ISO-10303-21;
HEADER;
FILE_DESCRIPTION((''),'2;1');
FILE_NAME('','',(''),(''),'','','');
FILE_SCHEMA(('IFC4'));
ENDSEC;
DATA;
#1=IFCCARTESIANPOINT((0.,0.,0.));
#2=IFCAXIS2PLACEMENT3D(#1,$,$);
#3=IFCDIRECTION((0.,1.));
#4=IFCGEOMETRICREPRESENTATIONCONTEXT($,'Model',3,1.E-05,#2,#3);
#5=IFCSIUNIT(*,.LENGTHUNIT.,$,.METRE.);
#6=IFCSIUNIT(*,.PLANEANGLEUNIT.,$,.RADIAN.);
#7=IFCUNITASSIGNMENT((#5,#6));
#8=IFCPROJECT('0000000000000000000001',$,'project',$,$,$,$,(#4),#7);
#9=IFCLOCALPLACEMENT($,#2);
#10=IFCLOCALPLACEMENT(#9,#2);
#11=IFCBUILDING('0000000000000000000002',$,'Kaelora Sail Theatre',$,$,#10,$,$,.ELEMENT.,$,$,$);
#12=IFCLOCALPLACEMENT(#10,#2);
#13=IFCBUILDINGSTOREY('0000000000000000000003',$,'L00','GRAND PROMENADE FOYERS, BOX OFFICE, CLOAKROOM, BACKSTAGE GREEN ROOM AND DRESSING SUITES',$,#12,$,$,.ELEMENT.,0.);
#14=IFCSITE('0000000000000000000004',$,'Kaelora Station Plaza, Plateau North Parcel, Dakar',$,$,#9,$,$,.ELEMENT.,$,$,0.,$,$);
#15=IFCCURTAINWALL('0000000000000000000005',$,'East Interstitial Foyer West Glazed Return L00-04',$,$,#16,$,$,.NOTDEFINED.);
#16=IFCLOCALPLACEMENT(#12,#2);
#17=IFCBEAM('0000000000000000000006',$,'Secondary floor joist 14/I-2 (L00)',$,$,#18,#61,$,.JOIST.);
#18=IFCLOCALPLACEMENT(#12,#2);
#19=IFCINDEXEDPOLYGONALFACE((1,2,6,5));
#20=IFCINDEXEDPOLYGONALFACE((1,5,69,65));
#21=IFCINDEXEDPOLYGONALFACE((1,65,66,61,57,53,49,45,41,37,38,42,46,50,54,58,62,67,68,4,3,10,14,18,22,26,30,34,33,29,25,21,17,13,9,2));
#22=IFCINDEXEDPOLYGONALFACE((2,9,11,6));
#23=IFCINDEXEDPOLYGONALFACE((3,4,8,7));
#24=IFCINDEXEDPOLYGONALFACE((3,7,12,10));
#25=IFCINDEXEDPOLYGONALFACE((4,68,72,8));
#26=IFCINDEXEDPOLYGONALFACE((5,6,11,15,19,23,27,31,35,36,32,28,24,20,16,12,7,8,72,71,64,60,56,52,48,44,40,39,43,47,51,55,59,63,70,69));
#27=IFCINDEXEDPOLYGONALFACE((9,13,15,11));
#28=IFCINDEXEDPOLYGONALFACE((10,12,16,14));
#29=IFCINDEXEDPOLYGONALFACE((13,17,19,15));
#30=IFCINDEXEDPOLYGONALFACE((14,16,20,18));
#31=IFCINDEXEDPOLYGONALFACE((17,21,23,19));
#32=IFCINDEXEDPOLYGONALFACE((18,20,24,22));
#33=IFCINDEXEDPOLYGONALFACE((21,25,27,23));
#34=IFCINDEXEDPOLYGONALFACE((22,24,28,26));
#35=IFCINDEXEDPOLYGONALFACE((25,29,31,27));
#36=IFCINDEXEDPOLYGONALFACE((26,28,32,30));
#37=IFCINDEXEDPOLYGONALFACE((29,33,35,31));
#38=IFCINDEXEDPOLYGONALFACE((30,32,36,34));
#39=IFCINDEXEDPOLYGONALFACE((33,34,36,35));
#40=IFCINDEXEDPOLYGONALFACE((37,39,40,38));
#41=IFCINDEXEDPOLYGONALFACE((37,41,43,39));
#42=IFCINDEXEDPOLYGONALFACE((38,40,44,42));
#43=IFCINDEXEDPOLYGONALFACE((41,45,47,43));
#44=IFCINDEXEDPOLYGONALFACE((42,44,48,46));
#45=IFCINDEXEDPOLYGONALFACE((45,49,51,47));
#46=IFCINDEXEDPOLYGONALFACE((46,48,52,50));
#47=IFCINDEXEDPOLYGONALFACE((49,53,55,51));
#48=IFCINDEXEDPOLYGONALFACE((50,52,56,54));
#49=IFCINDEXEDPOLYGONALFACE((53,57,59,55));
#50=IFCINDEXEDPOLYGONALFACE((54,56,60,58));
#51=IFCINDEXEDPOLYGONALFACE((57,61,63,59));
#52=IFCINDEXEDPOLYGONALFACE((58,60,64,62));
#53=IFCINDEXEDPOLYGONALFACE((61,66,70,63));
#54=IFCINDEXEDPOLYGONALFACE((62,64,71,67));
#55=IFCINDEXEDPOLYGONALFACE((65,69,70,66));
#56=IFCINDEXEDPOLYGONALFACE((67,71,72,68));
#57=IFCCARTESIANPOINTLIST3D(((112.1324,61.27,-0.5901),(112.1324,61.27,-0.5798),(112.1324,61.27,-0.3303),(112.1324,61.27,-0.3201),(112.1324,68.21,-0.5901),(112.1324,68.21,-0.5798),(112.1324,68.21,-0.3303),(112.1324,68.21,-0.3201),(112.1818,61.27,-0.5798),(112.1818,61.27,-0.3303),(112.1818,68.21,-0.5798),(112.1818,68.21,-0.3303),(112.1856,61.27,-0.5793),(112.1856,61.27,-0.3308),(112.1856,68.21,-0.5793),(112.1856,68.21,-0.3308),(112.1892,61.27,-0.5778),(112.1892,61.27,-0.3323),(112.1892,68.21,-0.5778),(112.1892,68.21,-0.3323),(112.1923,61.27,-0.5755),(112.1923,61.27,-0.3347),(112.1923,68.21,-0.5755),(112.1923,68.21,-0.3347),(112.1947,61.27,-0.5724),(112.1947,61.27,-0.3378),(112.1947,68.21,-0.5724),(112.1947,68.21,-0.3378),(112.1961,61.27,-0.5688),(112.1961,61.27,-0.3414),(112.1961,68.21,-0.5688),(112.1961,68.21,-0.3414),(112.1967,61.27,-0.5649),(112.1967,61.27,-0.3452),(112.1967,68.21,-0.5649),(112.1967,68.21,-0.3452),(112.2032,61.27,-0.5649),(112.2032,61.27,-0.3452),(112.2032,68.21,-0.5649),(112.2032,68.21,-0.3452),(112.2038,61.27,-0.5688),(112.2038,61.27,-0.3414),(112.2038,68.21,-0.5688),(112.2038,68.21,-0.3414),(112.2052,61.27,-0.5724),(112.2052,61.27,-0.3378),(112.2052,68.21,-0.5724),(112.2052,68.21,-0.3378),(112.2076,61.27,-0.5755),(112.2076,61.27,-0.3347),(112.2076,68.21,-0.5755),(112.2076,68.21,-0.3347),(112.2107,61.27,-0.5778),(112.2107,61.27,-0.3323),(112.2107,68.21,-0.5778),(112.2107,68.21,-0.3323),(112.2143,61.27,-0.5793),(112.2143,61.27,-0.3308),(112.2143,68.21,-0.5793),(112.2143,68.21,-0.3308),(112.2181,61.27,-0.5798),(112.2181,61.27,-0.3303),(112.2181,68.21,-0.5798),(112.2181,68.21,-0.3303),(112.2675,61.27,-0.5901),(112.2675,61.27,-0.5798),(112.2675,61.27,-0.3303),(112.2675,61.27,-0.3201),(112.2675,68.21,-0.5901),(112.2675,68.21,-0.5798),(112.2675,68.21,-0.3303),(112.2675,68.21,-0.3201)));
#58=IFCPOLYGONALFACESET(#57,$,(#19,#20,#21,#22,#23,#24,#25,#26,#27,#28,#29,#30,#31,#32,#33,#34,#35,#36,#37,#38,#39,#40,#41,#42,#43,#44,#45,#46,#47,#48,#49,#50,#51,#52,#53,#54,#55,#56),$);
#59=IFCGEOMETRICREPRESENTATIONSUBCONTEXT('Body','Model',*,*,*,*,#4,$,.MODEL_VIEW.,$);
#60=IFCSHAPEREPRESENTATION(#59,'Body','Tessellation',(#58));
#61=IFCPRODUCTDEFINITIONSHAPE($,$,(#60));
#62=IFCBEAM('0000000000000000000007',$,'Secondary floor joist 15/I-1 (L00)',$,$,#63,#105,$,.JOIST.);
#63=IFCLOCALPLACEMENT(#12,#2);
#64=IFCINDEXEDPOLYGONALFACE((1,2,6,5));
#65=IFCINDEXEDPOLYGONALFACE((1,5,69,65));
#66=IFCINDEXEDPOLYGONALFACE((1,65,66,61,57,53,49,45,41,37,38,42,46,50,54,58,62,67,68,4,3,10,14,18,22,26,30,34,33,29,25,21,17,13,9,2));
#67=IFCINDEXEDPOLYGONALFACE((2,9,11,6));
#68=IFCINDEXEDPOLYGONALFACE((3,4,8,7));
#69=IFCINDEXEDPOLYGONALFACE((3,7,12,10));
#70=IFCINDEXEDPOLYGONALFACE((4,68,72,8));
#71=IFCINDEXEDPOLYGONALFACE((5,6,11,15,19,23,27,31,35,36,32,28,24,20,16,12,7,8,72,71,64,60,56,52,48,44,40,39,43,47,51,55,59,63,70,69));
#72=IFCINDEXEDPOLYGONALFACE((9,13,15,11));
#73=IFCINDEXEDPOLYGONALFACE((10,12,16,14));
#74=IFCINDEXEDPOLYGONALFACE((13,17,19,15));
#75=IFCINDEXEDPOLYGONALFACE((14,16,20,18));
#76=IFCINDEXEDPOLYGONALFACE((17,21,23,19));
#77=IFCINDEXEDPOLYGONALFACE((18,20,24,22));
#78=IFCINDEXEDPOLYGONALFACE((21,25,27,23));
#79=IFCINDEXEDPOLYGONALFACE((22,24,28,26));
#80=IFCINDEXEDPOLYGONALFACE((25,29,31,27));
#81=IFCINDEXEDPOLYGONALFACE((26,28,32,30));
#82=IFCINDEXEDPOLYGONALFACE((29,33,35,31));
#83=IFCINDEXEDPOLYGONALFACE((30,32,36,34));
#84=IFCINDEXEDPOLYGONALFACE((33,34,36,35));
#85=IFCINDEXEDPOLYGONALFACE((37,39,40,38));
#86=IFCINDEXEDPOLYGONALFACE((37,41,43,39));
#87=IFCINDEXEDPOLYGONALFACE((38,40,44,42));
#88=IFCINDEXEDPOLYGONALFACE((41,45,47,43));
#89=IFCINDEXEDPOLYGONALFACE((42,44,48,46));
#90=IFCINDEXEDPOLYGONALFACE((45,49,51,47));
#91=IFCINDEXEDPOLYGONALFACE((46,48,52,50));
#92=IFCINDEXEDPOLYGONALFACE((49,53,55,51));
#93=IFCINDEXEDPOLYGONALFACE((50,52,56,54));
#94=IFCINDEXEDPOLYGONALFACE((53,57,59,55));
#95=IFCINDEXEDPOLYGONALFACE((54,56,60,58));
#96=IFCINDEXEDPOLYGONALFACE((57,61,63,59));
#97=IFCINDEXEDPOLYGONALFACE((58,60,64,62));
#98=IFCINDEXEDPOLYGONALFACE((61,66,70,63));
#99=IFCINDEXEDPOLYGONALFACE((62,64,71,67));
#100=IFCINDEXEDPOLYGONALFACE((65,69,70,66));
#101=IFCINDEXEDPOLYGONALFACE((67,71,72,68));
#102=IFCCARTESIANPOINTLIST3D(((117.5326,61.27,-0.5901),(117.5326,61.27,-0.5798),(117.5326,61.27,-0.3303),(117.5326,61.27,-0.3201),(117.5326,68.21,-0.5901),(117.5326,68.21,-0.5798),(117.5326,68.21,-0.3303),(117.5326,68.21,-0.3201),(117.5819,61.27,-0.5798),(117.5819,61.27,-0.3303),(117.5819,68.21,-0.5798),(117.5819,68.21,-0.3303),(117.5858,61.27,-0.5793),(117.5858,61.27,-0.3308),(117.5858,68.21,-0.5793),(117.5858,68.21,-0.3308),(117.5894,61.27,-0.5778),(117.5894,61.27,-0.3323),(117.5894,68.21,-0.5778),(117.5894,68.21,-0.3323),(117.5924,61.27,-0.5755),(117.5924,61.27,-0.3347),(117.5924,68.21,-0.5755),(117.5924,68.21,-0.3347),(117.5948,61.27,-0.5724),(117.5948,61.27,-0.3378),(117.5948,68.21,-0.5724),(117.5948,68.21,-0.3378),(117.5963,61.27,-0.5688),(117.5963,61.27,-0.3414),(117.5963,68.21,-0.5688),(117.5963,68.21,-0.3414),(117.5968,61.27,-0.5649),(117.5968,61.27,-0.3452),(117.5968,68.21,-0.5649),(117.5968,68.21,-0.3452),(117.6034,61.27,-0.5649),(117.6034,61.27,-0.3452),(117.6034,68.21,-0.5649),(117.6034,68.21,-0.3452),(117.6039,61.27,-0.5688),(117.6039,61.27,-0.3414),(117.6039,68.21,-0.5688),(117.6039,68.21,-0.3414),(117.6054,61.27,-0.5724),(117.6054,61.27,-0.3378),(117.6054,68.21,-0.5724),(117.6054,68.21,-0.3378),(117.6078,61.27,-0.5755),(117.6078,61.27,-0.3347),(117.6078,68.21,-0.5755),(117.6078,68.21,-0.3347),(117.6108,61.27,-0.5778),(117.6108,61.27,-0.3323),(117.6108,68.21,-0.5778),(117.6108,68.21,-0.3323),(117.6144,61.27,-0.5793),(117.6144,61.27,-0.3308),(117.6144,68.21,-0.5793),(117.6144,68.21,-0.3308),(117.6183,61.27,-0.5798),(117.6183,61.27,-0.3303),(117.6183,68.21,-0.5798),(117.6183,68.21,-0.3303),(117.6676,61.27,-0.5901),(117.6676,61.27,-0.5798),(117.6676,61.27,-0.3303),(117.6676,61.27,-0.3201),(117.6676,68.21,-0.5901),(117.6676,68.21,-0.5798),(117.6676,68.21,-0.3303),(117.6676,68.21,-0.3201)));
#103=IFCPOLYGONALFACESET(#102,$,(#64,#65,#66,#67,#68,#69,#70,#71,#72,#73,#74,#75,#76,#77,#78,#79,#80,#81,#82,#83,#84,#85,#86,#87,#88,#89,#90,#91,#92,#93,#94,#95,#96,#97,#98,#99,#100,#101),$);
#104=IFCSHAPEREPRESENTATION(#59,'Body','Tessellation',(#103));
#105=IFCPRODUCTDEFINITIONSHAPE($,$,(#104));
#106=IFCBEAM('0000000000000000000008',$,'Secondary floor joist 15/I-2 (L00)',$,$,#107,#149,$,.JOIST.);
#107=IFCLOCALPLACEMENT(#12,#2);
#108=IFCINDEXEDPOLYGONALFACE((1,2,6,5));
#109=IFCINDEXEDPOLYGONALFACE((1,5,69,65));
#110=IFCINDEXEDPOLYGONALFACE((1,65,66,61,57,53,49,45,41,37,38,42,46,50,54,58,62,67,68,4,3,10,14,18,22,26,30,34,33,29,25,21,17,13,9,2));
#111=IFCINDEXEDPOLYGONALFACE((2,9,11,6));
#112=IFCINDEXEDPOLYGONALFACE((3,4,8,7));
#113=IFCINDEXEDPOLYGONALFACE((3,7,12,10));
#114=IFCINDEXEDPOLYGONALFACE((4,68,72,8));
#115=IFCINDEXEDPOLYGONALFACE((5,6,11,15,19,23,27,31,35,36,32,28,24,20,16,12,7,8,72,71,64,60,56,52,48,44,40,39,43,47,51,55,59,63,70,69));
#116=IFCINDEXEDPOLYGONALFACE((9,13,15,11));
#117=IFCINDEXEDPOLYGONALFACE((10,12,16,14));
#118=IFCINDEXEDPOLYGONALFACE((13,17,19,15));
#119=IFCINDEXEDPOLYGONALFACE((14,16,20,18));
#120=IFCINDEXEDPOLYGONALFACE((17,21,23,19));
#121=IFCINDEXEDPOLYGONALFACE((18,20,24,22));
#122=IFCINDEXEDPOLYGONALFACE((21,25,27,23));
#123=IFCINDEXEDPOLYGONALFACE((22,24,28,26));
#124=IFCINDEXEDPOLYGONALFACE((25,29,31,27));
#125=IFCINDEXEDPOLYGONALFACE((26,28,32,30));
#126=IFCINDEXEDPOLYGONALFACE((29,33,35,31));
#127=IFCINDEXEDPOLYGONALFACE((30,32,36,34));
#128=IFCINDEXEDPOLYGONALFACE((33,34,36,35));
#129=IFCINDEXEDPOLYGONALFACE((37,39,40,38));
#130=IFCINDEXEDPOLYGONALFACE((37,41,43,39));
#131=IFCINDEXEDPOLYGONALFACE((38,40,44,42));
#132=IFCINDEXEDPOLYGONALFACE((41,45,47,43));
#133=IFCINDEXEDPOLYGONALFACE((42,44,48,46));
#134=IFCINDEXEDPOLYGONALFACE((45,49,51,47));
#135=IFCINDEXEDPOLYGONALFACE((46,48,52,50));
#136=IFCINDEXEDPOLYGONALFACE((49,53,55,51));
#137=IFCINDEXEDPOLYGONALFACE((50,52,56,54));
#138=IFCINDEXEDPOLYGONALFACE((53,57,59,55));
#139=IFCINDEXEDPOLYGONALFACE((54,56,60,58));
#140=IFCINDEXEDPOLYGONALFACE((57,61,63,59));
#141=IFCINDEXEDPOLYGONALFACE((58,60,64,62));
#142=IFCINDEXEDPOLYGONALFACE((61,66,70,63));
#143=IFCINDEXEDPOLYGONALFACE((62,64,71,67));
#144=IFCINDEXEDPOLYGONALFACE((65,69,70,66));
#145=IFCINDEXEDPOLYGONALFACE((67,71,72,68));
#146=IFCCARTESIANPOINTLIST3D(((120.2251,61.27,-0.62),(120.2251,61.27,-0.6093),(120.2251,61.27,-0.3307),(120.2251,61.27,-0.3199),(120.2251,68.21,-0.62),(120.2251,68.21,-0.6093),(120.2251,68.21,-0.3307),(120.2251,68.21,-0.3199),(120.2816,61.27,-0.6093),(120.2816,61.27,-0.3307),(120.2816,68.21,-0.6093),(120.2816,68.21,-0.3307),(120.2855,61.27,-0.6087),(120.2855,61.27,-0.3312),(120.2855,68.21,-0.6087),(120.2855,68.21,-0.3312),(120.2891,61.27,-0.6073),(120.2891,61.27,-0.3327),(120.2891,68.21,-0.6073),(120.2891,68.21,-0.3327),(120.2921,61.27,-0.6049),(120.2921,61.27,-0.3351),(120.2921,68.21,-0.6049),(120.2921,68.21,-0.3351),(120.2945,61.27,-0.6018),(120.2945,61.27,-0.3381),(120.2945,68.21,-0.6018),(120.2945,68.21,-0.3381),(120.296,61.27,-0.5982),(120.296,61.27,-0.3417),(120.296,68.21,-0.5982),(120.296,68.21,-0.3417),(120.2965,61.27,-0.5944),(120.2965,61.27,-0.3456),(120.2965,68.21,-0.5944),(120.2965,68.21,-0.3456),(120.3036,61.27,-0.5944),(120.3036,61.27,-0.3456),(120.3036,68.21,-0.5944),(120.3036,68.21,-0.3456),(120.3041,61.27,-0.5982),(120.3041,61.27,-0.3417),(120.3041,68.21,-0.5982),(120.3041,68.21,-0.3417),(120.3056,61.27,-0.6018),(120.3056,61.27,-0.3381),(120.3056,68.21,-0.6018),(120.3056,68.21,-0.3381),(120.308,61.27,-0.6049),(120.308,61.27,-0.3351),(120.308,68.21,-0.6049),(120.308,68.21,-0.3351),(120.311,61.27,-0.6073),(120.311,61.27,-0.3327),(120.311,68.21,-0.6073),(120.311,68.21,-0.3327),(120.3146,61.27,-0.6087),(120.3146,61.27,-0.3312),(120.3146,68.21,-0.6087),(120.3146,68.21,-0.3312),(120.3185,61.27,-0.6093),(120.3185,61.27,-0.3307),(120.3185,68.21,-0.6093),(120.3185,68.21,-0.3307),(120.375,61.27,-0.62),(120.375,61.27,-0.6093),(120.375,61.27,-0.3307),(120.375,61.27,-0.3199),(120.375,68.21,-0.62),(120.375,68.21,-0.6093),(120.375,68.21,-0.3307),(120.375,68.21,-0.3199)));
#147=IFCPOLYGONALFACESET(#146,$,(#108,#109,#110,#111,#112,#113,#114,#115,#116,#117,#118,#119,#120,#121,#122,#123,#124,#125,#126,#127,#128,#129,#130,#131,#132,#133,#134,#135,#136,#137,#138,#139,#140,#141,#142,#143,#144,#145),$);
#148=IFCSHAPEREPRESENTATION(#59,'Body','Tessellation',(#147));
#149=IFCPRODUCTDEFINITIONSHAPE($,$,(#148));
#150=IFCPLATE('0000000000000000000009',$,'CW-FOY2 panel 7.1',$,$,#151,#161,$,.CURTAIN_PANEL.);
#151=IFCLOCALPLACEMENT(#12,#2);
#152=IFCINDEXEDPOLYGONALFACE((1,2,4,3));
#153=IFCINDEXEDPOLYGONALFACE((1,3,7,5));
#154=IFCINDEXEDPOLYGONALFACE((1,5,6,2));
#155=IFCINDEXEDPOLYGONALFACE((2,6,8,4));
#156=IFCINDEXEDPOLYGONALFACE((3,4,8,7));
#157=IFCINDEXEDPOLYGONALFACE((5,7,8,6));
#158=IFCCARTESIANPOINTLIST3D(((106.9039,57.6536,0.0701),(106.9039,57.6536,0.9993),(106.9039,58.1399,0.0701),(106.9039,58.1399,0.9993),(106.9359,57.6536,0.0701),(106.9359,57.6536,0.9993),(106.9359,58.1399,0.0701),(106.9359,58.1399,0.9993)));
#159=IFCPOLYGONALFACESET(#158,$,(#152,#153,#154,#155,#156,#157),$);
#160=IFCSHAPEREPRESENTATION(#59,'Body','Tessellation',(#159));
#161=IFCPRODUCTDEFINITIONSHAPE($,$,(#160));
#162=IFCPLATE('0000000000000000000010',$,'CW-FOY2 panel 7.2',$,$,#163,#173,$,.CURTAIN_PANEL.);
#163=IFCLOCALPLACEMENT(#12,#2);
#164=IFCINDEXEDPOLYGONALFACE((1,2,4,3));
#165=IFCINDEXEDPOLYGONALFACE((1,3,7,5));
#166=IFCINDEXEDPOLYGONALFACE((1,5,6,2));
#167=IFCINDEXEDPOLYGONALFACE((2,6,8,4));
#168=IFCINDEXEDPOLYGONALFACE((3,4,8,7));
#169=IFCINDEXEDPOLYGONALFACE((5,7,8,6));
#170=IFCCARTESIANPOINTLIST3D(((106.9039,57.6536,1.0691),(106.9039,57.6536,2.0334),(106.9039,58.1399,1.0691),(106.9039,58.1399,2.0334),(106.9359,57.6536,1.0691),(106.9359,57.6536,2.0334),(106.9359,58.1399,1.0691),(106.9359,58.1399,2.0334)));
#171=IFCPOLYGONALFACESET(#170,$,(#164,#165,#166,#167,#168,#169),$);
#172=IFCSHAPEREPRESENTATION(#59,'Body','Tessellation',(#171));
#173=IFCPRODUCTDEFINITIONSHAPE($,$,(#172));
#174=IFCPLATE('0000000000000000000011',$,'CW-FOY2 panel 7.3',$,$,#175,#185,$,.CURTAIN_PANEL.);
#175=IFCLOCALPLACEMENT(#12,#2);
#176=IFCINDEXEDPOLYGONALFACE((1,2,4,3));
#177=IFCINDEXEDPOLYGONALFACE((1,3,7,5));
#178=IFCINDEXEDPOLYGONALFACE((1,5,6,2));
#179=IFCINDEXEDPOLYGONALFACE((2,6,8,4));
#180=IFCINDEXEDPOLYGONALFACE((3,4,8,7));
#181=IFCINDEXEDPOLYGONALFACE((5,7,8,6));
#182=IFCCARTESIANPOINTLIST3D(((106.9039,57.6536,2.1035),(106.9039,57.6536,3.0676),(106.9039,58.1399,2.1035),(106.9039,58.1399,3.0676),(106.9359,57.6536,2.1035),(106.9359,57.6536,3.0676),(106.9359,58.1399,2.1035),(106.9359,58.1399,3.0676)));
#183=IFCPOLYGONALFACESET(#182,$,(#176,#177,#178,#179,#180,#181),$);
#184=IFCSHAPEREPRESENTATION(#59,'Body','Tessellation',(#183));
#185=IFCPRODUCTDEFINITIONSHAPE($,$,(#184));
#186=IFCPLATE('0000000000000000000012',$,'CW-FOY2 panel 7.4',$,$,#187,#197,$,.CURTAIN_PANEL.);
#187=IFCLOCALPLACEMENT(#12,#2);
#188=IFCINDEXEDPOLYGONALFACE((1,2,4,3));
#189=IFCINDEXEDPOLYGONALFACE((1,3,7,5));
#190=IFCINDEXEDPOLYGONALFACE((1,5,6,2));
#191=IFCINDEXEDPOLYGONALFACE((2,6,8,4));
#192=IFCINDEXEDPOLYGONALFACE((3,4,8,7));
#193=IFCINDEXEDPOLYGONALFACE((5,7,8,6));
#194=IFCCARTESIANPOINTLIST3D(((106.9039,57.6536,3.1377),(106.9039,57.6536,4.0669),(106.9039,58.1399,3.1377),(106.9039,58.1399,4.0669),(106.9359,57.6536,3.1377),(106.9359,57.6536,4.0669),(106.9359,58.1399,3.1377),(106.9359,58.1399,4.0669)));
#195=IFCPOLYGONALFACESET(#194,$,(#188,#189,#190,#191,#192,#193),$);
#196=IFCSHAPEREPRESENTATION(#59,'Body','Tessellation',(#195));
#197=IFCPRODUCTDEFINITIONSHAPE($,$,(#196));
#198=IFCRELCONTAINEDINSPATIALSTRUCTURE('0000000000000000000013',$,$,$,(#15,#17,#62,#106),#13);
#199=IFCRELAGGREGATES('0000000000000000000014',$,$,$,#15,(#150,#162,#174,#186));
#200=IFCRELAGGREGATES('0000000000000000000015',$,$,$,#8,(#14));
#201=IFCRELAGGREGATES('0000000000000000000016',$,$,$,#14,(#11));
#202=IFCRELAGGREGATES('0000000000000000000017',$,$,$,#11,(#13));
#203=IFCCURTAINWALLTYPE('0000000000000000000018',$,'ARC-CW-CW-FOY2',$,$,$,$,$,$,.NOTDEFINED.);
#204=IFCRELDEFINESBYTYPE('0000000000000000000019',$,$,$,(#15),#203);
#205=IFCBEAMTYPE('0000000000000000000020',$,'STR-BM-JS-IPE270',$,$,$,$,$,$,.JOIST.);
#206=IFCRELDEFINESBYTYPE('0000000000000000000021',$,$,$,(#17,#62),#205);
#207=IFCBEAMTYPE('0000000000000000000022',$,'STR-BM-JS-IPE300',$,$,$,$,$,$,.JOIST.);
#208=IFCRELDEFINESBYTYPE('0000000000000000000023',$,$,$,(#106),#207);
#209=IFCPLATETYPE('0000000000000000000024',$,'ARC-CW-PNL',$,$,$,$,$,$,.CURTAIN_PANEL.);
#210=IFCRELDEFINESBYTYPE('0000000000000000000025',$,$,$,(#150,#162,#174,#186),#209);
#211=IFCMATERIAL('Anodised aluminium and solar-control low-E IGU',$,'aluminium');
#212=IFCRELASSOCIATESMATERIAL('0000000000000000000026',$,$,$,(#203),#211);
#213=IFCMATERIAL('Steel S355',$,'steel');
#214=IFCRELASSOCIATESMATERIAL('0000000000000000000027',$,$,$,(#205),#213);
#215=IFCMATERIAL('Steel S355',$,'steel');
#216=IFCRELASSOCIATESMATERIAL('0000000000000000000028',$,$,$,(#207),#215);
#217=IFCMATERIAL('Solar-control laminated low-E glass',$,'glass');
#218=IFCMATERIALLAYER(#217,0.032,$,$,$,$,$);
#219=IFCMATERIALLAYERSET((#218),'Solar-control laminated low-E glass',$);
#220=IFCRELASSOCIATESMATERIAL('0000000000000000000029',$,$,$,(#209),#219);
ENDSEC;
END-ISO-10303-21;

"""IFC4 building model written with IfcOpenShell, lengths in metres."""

from ifc_helpers import new_model, si_unit, direction, frame, origin, origin_2d, place, context, subcontext, project, spatial, rectangle, i_section, extrude, material, layer, layer_set, material_profile, profile_set, type_object, element, aggregate, save


model = new_model("IFC4")

# Units and contexts
model_context = context("Model", 3, precision=1e-05, world=origin(), true_north=direction((0.0, 1.0)))
body_context = subcontext(model_context, "Body", "Model", "MODEL_VIEW")
ifc_project = project(units=[si_unit("LENGTHUNIT", "METRE"), si_unit("PLANEANGLEUNIT", "RADIAN")], contexts=[model_context])

# Site, building, storey
site_placement = place(None, origin())
site = spatial("IfcSite", under=ifc_project, at=site_placement, Name="Kaelora Station Plaza, Plateau North Parcel, Dakar", CompositionType="ELEMENT", RefElevation=0.0)
building_placement = place(site_placement, origin())
building = spatial("IfcBuilding", under=site, at=building_placement, Name="Kaelora Sail Theatre", CompositionType="ELEMENT")
storey_placement = place(building_placement, origin())
storey = spatial("IfcBuildingStorey", under=building, at=storey_placement, Name="L00", Description="GRAND PROMENADE FOYERS, BOX OFFICE, CLOAKROOM, BACKSTAGE GREEN ROOM AND DRESSING SUITES", CompositionType="ELEMENT", Elevation=0.0)

# Curtain wall
ifc_material_1 = material(Name="Anodised aluminium and solar-control low-E IGU", Category="aluminium")
curtain_wall_type = type_object("IfcCurtainWallType", Name="ARC-CW-CW-FOY2", PredefinedType="NOTDEFINED", material=ifc_material_1)
curtain_wall_placement = place(storey_placement, origin())
curtain_wall = element("IfcCurtainWall", 1, at=curtain_wall_placement, inside=storey, type_object=curtain_wall_type, Name="East Interstitial Foyer West Glazed Return L00-04", PredefinedType="NOTDEFINED")

# Beams
ifc_material_2 = material(Name="Steel S355", Category="steel")
ifc_material_profile_1 = material_profile(ifc_material_2, i_section(OverallWidth=0.135, OverallDepth=0.27, WebThickness=0.0066, FlangeThickness=0.0103, FilletRadius=0.0149, at=origin_2d()), Name="IPE 270")
ifc_profile_set_1 = profile_set([ifc_material_profile_1], Name="Steel S355")
beam_type_1 = type_object("IfcBeamType", Name="STR-BM-JS-IPE270", PredefinedType="JOIST", material=ifc_profile_set_1)
for number, where, z_axis, x_axis, name in (
    (2, (112.2, 61.27, -0.4551), (0.0, 1.0, 0.0), (-1.0, 0.0, 0.0), "Secondary floor joist 14/I-2 (L00)"),
    (3, (117.6001, 61.27, -0.4551), (0.0, 1.0, 0.0), (-1.0, 0.0, 0.0), "Secondary floor joist 15/I-1 (L00)"),
):
    element("IfcBeam", number, at=place(storey_placement, frame(where, z_axis=z_axis, x_axis=x_axis)), inside=storey, type_object=beam_type_1, Name=name, PredefinedType="JOIST", context=body_context, shape_type="SweptSolid", body=[
        extrude(i_section(OverallWidth=0.135, OverallDepth=0.27, WebThickness=0.0066, FlangeThickness=0.0103, FilletRadius=0.0149, at=origin_2d()), origin(), (0.0, 0.0, 1.0), 6.9399),
    ])
ifc_material_3 = material(Name="Steel S355", Category="steel")
ifc_material_profile_2 = material_profile(ifc_material_3, i_section(OverallWidth=0.1499, OverallDepth=0.3, WebThickness=0.0071, FlangeThickness=0.0107, FilletRadius=0.0149, at=origin_2d()), Name="IPE 300")
ifc_profile_set_2 = profile_set([ifc_material_profile_2], Name="Steel S355")
beam_type_2 = type_object("IfcBeamType", Name="STR-BM-JS-IPE300", PredefinedType="JOIST", material=ifc_profile_set_2)
beam_1_placement = place(storey_placement, frame((120.3, 61.27, -0.47), z_axis=(0.0, 1.0, 0.0), x_axis=(-1.0, 0.0, 0.0)))
element("IfcBeam", 4, at=beam_1_placement, inside=storey, type_object=beam_type_2, Name="Secondary floor joist 15/I-2 (L00)", PredefinedType="JOIST", context=body_context, shape_type="SweptSolid", body=[
    extrude(i_section(OverallWidth=0.1499, OverallDepth=0.3, WebThickness=0.0071, FlangeThickness=0.0107, FilletRadius=0.0149, at=origin_2d()), origin(), (0.0, 0.0, 1.0), 6.9399),
])

# Plates
ifc_material_4 = material(Name="Solar-control laminated low-E glass", Category="glass")
ifc_layer_1 = layer(ifc_material_4, 0.032)
ifc_layer_set_1 = layer_set([ifc_layer_1], Name="Solar-control laminated low-E glass")
plate_type = type_object("IfcPlateType", Name="ARC-CW-PNL", PredefinedType="CURTAIN_PANEL", material=ifc_layer_set_1)
plate_1_placement = place(storey_placement, frame((106.9199, 57.8967, 0.0701), z_axis=(0.0, 0.0, 1.0), x_axis=(0.0, 1.0, 0.0)))
plate_1 = element("IfcPlate", 5, at=plate_1_placement, type_object=plate_type, Name="CW-FOY2 panel 7.1", PredefinedType="CURTAIN_PANEL", context=body_context, shape_type="SweptSolid", body=[
    extrude(rectangle(XDim=0.4863, YDim=0.032, at=origin_2d()), origin(), (0.0, 0.0, 1.0), 0.9292),
])
plate_2_placement = place(storey_placement, frame((106.9199, 57.8967, 1.0691), z_axis=(0.0, 0.0, 1.0), x_axis=(0.0, 1.0, 0.0)))
plate_2 = element("IfcPlate", 6, at=plate_2_placement, type_object=plate_type, Name="CW-FOY2 panel 7.2", PredefinedType="CURTAIN_PANEL", context=body_context, shape_type="SweptSolid", body=[
    extrude(rectangle(XDim=0.4863, YDim=0.032, at=origin_2d()), origin(), (0.0, 0.0, 1.0), 0.9644),
])
plate_3_placement = place(storey_placement, frame((106.9199, 57.8967, 2.1035), z_axis=(0.0, 0.0, 1.0), x_axis=(0.0, 1.0, 0.0)))
plate_3 = element("IfcPlate", 7, at=plate_3_placement, type_object=plate_type, Name="CW-FOY2 panel 7.3", PredefinedType="CURTAIN_PANEL", context=body_context, shape_type="SweptSolid", body=[
    extrude(rectangle(XDim=0.4863, YDim=0.032, at=origin_2d()), origin(), (0.0, 0.0, 1.0), 0.9641),
])
plate_4_placement = place(storey_placement, frame((106.9199, 57.8967, 3.1377), z_axis=(0.0, 0.0, 1.0), x_axis=(0.0, 1.0, 0.0)))
plate_4 = element("IfcPlate", 8, at=plate_4_placement, type_object=plate_type, Name="CW-FOY2 panel 7.4", PredefinedType="CURTAIN_PANEL", context=body_context, shape_type="SweptSolid", body=[
    extrude(rectangle(XDim=0.4863, YDim=0.032, at=origin_2d()), origin(), (0.0, 0.0, 1.0), 0.9292),
])
aggregate(curtain_wall, [plate_1, plate_2, plate_3, plate_4])

save(model, "model.ifc")
